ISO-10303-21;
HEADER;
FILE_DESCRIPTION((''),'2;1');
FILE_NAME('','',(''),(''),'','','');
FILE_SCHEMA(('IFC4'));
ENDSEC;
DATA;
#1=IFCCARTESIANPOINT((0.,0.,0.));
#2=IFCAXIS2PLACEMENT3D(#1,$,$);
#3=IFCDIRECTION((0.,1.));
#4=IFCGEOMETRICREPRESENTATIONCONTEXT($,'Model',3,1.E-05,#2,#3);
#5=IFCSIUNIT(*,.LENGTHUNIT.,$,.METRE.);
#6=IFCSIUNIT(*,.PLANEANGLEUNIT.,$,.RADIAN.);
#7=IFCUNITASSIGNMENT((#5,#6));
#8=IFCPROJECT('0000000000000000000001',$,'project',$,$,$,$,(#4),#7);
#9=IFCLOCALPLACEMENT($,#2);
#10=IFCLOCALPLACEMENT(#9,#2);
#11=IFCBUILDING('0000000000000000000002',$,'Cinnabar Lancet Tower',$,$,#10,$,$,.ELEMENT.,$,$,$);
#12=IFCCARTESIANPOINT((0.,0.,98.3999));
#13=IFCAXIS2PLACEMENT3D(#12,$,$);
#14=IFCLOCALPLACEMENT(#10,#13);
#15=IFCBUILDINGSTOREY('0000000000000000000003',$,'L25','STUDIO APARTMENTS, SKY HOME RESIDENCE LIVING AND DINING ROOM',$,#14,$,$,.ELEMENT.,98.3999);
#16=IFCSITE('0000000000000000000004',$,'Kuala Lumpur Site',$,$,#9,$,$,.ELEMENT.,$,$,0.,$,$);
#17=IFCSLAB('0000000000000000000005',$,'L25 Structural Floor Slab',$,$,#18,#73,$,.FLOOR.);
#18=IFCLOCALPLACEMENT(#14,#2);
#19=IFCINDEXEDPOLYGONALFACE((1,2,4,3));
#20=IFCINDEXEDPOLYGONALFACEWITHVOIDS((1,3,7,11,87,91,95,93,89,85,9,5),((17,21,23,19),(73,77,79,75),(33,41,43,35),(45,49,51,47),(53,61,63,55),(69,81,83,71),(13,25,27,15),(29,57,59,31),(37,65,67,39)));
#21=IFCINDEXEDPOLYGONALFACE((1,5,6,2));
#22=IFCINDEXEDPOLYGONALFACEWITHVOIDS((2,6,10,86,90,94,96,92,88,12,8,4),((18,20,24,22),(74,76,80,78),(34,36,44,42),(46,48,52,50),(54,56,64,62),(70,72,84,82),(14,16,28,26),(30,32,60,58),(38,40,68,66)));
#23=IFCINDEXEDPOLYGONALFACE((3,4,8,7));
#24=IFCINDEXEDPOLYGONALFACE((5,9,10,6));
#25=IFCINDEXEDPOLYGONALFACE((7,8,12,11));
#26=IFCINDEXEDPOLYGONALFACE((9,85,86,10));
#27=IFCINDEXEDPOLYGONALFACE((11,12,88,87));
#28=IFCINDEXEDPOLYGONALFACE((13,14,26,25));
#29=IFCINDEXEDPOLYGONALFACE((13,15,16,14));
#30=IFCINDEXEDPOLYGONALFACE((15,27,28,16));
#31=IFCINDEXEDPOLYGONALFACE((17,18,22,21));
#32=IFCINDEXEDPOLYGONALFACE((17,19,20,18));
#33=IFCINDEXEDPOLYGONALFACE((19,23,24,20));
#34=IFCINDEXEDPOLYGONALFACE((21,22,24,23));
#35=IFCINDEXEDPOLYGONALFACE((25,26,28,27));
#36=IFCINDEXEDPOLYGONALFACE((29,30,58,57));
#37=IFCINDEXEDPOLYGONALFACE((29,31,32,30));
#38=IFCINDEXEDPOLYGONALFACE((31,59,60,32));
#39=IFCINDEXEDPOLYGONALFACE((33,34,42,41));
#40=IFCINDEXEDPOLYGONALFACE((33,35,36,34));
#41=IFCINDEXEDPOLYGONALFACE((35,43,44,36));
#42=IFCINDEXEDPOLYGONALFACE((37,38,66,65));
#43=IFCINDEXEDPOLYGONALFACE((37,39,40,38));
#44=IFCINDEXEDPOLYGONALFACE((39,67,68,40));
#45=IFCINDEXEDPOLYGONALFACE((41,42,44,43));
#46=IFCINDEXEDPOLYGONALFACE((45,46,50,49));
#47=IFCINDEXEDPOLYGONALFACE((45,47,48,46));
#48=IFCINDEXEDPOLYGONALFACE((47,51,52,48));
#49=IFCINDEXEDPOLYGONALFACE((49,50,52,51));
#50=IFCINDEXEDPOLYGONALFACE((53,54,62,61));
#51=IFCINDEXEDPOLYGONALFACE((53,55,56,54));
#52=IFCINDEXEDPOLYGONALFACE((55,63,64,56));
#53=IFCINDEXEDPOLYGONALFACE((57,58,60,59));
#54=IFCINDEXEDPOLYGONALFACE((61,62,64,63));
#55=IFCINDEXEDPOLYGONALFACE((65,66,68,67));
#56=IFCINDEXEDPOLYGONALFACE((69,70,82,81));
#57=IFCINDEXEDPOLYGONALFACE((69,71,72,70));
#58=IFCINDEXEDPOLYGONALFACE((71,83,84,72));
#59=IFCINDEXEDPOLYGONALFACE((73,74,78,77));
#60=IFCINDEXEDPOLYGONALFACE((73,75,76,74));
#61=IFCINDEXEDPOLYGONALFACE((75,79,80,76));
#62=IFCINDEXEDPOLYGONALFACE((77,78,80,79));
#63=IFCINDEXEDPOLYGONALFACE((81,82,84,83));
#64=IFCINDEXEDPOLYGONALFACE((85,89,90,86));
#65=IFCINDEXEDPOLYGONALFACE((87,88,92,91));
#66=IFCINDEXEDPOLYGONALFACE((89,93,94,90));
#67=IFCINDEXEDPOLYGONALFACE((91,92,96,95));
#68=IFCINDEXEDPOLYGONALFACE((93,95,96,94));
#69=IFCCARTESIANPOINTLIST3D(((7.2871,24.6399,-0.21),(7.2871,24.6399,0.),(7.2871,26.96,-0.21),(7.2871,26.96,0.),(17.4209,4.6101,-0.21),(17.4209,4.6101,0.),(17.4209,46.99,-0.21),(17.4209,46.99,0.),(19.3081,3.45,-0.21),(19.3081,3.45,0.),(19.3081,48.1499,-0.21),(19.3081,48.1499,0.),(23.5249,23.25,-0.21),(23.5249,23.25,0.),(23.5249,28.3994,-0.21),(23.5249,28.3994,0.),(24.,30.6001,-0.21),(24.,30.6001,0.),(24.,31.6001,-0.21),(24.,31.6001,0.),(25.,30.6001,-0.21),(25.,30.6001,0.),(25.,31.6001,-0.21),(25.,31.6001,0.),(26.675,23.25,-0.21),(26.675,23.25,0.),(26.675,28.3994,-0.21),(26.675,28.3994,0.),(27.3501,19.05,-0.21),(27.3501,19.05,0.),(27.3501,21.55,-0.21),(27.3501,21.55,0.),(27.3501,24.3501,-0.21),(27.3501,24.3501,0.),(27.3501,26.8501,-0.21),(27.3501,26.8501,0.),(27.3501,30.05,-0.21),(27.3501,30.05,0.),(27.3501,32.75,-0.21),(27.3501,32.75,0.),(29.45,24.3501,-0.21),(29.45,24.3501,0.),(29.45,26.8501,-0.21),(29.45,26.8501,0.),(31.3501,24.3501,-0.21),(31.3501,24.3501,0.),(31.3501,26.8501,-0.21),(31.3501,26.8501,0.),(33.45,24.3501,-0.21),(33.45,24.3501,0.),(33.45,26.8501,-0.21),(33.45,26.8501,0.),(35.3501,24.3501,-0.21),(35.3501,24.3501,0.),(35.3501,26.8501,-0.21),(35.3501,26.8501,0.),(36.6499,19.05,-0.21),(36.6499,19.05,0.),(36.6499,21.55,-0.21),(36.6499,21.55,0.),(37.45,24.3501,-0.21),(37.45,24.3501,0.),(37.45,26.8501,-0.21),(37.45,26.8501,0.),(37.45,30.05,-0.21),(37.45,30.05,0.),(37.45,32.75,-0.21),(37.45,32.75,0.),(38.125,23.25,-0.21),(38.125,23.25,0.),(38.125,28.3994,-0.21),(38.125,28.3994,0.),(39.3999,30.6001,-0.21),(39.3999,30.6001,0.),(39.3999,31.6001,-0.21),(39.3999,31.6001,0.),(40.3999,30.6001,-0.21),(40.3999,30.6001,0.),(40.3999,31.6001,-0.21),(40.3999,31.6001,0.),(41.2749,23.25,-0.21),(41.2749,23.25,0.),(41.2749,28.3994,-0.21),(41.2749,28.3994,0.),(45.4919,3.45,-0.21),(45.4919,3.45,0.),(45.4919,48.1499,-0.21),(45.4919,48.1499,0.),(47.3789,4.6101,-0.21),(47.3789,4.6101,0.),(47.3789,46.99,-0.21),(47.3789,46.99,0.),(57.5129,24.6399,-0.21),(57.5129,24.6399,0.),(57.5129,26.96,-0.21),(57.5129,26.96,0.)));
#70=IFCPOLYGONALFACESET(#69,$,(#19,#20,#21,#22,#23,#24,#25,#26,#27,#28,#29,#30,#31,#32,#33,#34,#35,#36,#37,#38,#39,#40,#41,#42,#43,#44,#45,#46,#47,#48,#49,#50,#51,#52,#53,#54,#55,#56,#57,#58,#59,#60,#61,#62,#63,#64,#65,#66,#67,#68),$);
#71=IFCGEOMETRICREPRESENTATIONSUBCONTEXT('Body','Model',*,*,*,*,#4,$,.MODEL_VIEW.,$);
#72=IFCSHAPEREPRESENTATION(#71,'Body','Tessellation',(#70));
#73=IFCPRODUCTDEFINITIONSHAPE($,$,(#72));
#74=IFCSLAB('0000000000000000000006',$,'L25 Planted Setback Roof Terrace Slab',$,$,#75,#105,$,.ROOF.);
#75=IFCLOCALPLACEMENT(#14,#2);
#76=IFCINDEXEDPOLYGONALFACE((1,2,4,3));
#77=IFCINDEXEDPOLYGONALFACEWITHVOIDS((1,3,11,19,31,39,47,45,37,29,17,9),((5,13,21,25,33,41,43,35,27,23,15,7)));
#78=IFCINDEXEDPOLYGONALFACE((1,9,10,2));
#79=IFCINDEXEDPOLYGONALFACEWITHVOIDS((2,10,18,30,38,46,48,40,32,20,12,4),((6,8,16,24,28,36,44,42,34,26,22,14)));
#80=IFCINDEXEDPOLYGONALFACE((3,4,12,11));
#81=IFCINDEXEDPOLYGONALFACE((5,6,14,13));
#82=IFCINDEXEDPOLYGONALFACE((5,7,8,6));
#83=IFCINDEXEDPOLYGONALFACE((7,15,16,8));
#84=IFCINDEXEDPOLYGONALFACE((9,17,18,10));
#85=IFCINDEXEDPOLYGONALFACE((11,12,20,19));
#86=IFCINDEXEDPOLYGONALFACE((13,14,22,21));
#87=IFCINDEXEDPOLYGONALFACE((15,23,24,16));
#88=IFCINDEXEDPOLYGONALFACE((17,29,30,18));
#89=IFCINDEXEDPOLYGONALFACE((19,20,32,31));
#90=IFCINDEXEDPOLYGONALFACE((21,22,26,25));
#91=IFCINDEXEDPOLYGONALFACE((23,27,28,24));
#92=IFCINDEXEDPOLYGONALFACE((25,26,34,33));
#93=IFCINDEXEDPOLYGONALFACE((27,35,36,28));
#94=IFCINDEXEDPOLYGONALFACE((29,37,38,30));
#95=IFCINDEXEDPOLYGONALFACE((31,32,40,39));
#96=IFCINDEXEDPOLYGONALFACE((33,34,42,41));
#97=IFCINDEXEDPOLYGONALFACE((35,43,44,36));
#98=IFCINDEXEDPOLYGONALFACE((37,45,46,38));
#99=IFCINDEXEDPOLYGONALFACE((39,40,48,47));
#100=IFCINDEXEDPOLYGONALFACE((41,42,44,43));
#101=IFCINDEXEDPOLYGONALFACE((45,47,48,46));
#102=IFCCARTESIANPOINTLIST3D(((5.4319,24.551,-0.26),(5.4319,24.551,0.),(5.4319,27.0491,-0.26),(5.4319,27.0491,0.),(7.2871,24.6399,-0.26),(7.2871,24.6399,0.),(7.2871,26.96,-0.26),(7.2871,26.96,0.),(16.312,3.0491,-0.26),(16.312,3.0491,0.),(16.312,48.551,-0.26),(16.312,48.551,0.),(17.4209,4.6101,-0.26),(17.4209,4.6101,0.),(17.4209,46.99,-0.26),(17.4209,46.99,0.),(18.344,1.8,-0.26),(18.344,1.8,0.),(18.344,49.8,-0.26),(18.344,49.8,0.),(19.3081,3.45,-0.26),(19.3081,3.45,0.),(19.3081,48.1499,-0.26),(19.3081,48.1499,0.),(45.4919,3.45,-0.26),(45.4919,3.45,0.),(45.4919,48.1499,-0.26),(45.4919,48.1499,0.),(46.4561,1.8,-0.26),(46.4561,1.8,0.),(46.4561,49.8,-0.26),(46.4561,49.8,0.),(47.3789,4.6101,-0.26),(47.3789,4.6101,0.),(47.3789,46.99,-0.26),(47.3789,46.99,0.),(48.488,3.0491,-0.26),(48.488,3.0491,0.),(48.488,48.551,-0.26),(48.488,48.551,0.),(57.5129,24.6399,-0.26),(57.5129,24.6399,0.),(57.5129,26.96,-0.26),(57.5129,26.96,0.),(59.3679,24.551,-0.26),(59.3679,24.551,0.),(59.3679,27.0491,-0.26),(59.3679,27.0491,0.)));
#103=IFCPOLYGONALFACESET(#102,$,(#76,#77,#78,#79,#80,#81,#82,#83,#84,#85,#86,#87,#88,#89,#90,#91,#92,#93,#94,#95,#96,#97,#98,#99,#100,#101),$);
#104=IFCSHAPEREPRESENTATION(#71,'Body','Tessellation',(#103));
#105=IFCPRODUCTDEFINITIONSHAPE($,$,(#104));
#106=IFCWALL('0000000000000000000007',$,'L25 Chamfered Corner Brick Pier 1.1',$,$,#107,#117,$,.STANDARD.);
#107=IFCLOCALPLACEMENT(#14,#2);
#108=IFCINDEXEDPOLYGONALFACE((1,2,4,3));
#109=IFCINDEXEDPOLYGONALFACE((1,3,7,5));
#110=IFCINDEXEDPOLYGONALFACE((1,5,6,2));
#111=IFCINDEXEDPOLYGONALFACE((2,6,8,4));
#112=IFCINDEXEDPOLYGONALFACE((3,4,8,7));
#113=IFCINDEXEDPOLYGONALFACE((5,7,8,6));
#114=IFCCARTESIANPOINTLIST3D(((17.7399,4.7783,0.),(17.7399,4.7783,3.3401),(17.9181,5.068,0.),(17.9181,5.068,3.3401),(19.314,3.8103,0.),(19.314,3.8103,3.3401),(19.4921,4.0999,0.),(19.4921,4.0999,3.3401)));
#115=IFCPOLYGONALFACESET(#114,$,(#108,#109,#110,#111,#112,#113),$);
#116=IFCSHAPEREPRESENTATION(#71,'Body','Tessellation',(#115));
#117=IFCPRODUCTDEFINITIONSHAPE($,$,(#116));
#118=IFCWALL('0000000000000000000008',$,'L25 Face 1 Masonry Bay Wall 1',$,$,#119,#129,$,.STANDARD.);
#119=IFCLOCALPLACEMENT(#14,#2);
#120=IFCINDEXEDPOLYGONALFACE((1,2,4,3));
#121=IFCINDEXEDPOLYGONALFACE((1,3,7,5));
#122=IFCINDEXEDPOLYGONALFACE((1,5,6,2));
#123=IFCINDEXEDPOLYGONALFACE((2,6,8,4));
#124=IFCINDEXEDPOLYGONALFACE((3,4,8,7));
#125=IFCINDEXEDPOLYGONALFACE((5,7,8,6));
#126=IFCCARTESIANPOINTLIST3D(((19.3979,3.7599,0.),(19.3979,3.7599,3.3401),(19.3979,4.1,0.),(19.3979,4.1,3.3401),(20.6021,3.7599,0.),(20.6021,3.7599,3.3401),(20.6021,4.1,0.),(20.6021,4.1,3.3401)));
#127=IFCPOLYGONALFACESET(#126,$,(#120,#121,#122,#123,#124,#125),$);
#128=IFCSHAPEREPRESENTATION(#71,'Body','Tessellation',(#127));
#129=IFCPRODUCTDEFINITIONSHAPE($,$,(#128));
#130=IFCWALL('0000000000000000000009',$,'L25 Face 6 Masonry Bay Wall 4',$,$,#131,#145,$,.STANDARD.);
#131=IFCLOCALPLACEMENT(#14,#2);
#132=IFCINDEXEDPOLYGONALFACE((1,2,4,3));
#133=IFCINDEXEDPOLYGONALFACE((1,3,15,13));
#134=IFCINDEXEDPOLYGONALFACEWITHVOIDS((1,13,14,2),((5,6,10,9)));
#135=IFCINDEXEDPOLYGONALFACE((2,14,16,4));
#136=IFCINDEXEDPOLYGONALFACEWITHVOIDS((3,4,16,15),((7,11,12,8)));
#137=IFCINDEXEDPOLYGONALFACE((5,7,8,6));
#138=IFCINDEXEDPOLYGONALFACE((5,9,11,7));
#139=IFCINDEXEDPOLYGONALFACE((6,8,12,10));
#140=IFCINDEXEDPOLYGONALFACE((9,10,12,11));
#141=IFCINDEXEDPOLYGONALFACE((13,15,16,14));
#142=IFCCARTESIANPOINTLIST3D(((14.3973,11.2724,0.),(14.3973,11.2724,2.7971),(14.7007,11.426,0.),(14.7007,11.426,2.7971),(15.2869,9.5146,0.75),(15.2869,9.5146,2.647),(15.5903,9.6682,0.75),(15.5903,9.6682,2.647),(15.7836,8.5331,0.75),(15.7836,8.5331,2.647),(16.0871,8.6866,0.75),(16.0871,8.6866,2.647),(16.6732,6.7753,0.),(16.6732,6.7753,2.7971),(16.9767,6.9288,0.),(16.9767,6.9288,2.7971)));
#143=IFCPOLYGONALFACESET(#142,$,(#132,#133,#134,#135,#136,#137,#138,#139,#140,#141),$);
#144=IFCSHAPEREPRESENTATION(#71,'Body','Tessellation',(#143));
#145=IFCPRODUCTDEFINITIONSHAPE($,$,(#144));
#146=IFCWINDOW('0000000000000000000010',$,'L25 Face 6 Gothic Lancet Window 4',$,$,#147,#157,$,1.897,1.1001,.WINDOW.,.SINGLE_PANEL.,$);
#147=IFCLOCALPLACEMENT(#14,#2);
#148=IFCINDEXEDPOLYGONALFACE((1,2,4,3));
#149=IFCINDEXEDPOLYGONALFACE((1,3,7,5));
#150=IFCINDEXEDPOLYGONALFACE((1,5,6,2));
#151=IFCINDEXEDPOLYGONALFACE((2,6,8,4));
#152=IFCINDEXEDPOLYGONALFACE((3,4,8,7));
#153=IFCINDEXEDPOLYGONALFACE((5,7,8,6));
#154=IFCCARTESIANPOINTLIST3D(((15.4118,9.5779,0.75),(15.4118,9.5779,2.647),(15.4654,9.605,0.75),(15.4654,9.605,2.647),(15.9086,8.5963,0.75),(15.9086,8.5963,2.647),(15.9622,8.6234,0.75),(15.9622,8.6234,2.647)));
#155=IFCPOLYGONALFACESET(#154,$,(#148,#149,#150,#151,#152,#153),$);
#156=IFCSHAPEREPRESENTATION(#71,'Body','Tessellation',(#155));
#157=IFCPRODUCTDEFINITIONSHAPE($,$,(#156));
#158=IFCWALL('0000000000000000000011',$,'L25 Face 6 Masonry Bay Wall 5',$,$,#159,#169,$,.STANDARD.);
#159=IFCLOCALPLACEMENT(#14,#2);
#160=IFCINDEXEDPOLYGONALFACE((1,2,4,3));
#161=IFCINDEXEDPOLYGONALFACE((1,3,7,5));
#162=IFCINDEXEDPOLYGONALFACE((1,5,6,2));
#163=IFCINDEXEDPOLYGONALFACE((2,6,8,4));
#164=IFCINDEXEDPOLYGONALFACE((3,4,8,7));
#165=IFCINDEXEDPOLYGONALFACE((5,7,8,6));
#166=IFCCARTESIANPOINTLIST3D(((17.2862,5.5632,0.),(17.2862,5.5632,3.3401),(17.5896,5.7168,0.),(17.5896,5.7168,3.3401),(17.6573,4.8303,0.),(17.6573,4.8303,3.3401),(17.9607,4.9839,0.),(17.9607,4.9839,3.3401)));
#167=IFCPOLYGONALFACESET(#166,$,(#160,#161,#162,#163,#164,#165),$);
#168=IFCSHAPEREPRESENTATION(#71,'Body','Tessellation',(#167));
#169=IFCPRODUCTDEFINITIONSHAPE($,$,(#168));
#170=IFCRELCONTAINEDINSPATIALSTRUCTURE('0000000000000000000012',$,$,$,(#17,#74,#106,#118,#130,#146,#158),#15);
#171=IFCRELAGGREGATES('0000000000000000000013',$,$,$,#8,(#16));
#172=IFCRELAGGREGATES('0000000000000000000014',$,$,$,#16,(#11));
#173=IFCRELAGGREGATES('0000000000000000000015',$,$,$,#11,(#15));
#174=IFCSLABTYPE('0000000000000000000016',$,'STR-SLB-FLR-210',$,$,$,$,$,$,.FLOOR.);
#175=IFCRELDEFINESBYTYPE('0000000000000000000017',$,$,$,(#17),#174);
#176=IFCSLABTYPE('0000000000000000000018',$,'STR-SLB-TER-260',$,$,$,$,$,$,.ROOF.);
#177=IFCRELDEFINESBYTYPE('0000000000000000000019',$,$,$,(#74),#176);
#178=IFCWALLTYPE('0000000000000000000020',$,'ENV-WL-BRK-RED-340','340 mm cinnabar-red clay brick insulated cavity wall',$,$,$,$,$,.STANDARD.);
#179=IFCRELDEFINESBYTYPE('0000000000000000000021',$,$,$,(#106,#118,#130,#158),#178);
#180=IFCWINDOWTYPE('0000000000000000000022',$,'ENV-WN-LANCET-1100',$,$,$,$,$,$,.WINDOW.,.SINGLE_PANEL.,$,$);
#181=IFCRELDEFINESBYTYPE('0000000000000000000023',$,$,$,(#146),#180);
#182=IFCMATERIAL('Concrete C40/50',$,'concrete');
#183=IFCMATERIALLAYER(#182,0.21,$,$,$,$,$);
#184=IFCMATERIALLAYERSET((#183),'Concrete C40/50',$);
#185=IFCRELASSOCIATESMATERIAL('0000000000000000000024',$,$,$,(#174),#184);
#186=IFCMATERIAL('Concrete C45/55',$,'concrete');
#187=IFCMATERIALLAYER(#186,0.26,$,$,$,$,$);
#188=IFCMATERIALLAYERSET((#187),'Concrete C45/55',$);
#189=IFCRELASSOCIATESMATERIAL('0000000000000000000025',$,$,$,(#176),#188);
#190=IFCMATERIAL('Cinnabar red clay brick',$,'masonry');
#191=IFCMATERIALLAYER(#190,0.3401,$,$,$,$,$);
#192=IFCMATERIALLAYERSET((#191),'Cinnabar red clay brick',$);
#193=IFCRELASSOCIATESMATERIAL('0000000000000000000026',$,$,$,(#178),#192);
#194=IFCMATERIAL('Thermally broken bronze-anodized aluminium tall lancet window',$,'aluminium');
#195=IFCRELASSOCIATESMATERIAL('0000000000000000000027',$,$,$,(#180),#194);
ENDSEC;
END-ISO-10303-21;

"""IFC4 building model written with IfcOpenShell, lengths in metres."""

from ifc_helpers import new_model, si_unit, direction, frame, frame_2d, origin, place, context, subcontext, project, spatial, polyline, rectangle, outline, extrude, material, layer, layer_set, type_object, element, fill, save


model = new_model("IFC4")

# Units and contexts
model_context = context("Model", 3, precision=1e-05, world=origin(), true_north=direction((0.0, 1.0)))
body_context = subcontext(model_context, "Body", "Model", "MODEL_VIEW")
ifc_project = project(units=[si_unit("LENGTHUNIT", "METRE"), si_unit("PLANEANGLEUNIT", "RADIAN")], contexts=[model_context])

# Site, building, storey
site_placement = place(None, origin())
site = spatial("IfcSite", under=ifc_project, at=site_placement, Name="Kuala Lumpur Site", CompositionType="ELEMENT", RefElevation=0.0)
building_placement = place(site_placement, origin())
building = spatial("IfcBuilding", under=site, at=building_placement, Name="Cinnabar Lancet Tower", CompositionType="ELEMENT")
storey_placement = place(building_placement, frame((0.0, 0.0, 98.3999)))
storey = spatial("IfcBuildingStorey", under=building, at=storey_placement, Name="L25", Description="STUDIO APARTMENTS, SKY HOME RESIDENCE LIVING AND DINING ROOM", CompositionType="ELEMENT", Elevation=98.3999)

# Slabs
ifc_material_1 = material(Name="Concrete C40/50", Category="concrete")
ifc_layer_1 = layer(ifc_material_1, 0.21)
ifc_layer_set_1 = layer_set([ifc_layer_1], Name="Concrete C40/50")
slab_type_1 = type_object("IfcSlabType", Name="STR-SLB-FLR-210", PredefinedType="FLOOR", material=ifc_layer_set_1)
slab_1_placement = place(storey_placement, frame((0.0, 0.0, -0.21)))
element("IfcSlab", 1, at=slab_1_placement, inside=storey, type_object=slab_type_1, Name="L25 Structural Floor Slab", PredefinedType="FLOOR", context=body_context, shape_type="SweptSolid", body=[
    extrude(outline(polyline([(17.4209, 4.6101), (19.3081, 3.45), (45.4919, 3.45), (47.3789, 4.6101), (57.5129, 24.6399), (57.5129, 26.96), (47.3789, 46.99), (45.4919, 48.1499), (19.3081, 48.1499), (17.4209, 46.99), (7.2871, 26.96), (7.2871, 24.6399), (17.4209, 4.6101)]), holes=[polyline([(23.5249, 23.25), (26.675, 23.25), (26.675, 28.3994), (23.5249, 28.3994), (23.5249, 23.25)]), polyline([(38.125, 23.25), (41.2749, 23.25), (41.2749, 28.3994), (38.125, 28.3994), (38.125, 23.25)]), polyline([(27.3501, 30.05), (37.45, 30.05), (37.45, 32.75), (27.3501, 32.75), (27.3501, 30.05)]), polyline([(27.3501, 19.05), (36.6499, 19.05), (36.6499, 21.55), (27.3501, 21.55), (27.3501, 19.05)]), polyline([(27.3501, 24.3501), (29.45, 24.3501), (29.45, 26.8501), (27.3501, 26.8501), (27.3501, 24.3501)]), polyline([(35.3501, 24.3501), (37.45, 24.3501), (37.45, 26.8501), (35.3501, 26.8501), (35.3501, 24.3501)]), polyline([(31.3501, 24.3501), (33.45, 24.3501), (33.45, 26.8501), (31.3501, 26.8501), (31.3501, 24.3501)]), polyline([(24.0, 30.6001), (25.0, 30.6001), (25.0, 31.6001), (24.0, 31.6001), (24.0, 30.6001)]), polyline([(39.3999, 30.6001), (40.3999, 30.6001), (40.3999, 31.6001), (39.3999, 31.6001), (39.3999, 30.6001)])]), origin(), (0.0, 0.0, 1.0), 0.21),
])
ifc_material_2 = material(Name="Concrete C45/55", Category="concrete")
ifc_layer_2 = layer(ifc_material_2, 0.26)
ifc_layer_set_2 = layer_set([ifc_layer_2], Name="Concrete C45/55")
slab_type_2 = type_object("IfcSlabType", Name="STR-SLB-TER-260", PredefinedType="ROOF", material=ifc_layer_set_2)
slab_2_placement = place(storey_placement, frame((0.0, 0.0, -0.26)))
element("IfcSlab", 2, at=slab_2_placement, inside=storey, type_object=slab_type_2, Name="L25 Planted Setback Roof Terrace Slab", PredefinedType="ROOF", context=body_context, shape_type="SweptSolid", body=[
    extrude(outline(polyline([(16.312, 3.0491), (18.344, 1.8), (46.4561, 1.8), (48.488, 3.0491), (59.3679, 24.551), (59.3679, 27.0491), (48.488, 48.551), (46.4561, 49.8), (18.344, 49.8), (16.312, 48.551), (5.4319, 27.0491), (5.4319, 24.551), (16.312, 3.0491)]), holes=[polyline([(17.4209, 4.6101), (19.3081, 3.45), (45.4919, 3.45), (47.3789, 4.6101), (57.5129, 24.6399), (57.5129, 26.96), (47.3789, 46.99), (45.4919, 48.1499), (19.3081, 48.1499), (17.4209, 46.99), (7.2871, 26.96), (7.2871, 24.6399), (17.4209, 4.6101)])]), origin(), (0.0, 0.0, 1.0), 0.26),
])

# Walls
ifc_material_3 = material(Name="Cinnabar red clay brick", Category="masonry")
ifc_layer_3 = layer(ifc_material_3, 0.3401)
ifc_layer_set_3 = layer_set([ifc_layer_3], Name="Cinnabar red clay brick")
wall_type = type_object("IfcWallType", Name="ENV-WL-BRK-RED-340", Description="340 mm cinnabar-red clay brick insulated cavity wall", PredefinedType="STANDARD", material=ifc_layer_set_3)
wall_1_placement = place(storey_placement, frame((17.8291, 4.9231, 0.0), z_axis=(0.0, 0.0, 1.0), x_axis=(0.851799, -0.523869, 0.0)))
element("IfcWall", 3, at=wall_1_placement, inside=storey, type_object=wall_type, Name="L25 Chamfered Corner Brick Pier 1.1", PredefinedType="STANDARD", context=body_context, shape_type="SweptSolid", body=[
    extrude(rectangle(XDim=1.8479, YDim=0.3401, at=frame_2d((0.9238, 0.0))), origin(), (0.0, 0.0, 1.0), 3.3401),
])
wall_2_placement = place(storey_placement, frame((19.3979, 3.9299, 0.0), z_axis=(0.0, 0.0, 1.0), x_axis=(1.0, 0.0, 0.0)))
element("IfcWall", 4, at=wall_2_placement, inside=storey, type_object=wall_type, Name="L25 Face 1 Masonry Bay Wall 1", PredefinedType="STANDARD", context=body_context, shape_type="SweptSolid", body=[
    extrude(rectangle(XDim=1.2041, YDim=0.3401, at=frame_2d((0.6021, 0.0))), origin(), (0.0, 0.0, 1.0), 3.3401),
])

# Wall, opening, window
wall_3_placement = place(storey_placement, frame((14.5491, 11.3491, 0.0), z_axis=(0.0, 0.0, 1.0), x_axis=(0.451548, -0.892247, 0.0)))
wall_3 = element("IfcWall", 5, at=wall_3_placement, inside=storey, type_object=wall_type, Name="L25 Face 6 Masonry Bay Wall 4", PredefinedType="STANDARD", context=body_context, shape_type="SweptSolid", body=[
    extrude(rectangle(XDim=5.0403, YDim=0.3401, at=frame_2d((2.52, 0.0))), origin(), (0.0, 0.0, 1.0), 2.7971),
])
opening_placement = place(wall_3_placement, frame((1.97, 0.0, 0.75)))
opening = element("IfcOpeningElement", 6, at=opening_placement, cuts=wall_3, PredefinedType="OPENING", context=body_context, shape_type="SweptSolid", body=[
    extrude(rectangle(XDim=1.1001, YDim=1.897, at=frame_2d((0.55, 0.9485))), frame((0.0, 0.1799, 0.0), z_axis=(0.0, -1.0, 0.0), x_axis=(1.0, 0.0, 0.0)), (0.0, 0.0, 1.0), 0.3601),
])
ifc_material_4 = material(Name="Thermally broken bronze-anodized aluminium tall lancet window", Category="aluminium")
window_type = type_object("IfcWindowType", Name="ENV-WN-LANCET-1100", PartitioningType="SINGLE_PANEL", PredefinedType="WINDOW", material=ifc_material_4)
window_placement = place(opening_placement, origin())
window = element("IfcWindow", 7, at=window_placement, inside=storey, type_object=window_type, Name="L25 Face 6 Gothic Lancet Window 4", OverallHeight=1.897, OverallWidth=1.1001, PartitioningType="SINGLE_PANEL", PredefinedType="WINDOW", context=body_context, shape_type="SweptSolid", body=[
    extrude(rectangle(XDim=1.1001, YDim=1.897, at=frame_2d((0.55, 0.9485))), frame((0.0, 0.03, 0.0), z_axis=(0.0, -1.0, 0.0), x_axis=(1.0, 0.0, 0.0)), (0.0, 0.0, 1.0), 0.0601),
])
fill(opening, window)

# Wall
wall_4_placement = place(storey_placement, frame((17.438, 5.6399, 0.0), z_axis=(0.0, 0.0, 1.0), x_axis=(0.451725, -0.892157, 0.0)))
element("IfcWall", 8, at=wall_4_placement, inside=storey, type_object=wall_type, Name="L25 Face 6 Masonry Bay Wall 5", PredefinedType="STANDARD", context=body_context, shape_type="SweptSolid", body=[
    extrude(rectangle(XDim=0.8215, YDim=0.3401, at=frame_2d((0.4106, 0.0))), origin(), (0.0, 0.0, 1.0), 3.3401),
])

save(model, "model.ifc")
